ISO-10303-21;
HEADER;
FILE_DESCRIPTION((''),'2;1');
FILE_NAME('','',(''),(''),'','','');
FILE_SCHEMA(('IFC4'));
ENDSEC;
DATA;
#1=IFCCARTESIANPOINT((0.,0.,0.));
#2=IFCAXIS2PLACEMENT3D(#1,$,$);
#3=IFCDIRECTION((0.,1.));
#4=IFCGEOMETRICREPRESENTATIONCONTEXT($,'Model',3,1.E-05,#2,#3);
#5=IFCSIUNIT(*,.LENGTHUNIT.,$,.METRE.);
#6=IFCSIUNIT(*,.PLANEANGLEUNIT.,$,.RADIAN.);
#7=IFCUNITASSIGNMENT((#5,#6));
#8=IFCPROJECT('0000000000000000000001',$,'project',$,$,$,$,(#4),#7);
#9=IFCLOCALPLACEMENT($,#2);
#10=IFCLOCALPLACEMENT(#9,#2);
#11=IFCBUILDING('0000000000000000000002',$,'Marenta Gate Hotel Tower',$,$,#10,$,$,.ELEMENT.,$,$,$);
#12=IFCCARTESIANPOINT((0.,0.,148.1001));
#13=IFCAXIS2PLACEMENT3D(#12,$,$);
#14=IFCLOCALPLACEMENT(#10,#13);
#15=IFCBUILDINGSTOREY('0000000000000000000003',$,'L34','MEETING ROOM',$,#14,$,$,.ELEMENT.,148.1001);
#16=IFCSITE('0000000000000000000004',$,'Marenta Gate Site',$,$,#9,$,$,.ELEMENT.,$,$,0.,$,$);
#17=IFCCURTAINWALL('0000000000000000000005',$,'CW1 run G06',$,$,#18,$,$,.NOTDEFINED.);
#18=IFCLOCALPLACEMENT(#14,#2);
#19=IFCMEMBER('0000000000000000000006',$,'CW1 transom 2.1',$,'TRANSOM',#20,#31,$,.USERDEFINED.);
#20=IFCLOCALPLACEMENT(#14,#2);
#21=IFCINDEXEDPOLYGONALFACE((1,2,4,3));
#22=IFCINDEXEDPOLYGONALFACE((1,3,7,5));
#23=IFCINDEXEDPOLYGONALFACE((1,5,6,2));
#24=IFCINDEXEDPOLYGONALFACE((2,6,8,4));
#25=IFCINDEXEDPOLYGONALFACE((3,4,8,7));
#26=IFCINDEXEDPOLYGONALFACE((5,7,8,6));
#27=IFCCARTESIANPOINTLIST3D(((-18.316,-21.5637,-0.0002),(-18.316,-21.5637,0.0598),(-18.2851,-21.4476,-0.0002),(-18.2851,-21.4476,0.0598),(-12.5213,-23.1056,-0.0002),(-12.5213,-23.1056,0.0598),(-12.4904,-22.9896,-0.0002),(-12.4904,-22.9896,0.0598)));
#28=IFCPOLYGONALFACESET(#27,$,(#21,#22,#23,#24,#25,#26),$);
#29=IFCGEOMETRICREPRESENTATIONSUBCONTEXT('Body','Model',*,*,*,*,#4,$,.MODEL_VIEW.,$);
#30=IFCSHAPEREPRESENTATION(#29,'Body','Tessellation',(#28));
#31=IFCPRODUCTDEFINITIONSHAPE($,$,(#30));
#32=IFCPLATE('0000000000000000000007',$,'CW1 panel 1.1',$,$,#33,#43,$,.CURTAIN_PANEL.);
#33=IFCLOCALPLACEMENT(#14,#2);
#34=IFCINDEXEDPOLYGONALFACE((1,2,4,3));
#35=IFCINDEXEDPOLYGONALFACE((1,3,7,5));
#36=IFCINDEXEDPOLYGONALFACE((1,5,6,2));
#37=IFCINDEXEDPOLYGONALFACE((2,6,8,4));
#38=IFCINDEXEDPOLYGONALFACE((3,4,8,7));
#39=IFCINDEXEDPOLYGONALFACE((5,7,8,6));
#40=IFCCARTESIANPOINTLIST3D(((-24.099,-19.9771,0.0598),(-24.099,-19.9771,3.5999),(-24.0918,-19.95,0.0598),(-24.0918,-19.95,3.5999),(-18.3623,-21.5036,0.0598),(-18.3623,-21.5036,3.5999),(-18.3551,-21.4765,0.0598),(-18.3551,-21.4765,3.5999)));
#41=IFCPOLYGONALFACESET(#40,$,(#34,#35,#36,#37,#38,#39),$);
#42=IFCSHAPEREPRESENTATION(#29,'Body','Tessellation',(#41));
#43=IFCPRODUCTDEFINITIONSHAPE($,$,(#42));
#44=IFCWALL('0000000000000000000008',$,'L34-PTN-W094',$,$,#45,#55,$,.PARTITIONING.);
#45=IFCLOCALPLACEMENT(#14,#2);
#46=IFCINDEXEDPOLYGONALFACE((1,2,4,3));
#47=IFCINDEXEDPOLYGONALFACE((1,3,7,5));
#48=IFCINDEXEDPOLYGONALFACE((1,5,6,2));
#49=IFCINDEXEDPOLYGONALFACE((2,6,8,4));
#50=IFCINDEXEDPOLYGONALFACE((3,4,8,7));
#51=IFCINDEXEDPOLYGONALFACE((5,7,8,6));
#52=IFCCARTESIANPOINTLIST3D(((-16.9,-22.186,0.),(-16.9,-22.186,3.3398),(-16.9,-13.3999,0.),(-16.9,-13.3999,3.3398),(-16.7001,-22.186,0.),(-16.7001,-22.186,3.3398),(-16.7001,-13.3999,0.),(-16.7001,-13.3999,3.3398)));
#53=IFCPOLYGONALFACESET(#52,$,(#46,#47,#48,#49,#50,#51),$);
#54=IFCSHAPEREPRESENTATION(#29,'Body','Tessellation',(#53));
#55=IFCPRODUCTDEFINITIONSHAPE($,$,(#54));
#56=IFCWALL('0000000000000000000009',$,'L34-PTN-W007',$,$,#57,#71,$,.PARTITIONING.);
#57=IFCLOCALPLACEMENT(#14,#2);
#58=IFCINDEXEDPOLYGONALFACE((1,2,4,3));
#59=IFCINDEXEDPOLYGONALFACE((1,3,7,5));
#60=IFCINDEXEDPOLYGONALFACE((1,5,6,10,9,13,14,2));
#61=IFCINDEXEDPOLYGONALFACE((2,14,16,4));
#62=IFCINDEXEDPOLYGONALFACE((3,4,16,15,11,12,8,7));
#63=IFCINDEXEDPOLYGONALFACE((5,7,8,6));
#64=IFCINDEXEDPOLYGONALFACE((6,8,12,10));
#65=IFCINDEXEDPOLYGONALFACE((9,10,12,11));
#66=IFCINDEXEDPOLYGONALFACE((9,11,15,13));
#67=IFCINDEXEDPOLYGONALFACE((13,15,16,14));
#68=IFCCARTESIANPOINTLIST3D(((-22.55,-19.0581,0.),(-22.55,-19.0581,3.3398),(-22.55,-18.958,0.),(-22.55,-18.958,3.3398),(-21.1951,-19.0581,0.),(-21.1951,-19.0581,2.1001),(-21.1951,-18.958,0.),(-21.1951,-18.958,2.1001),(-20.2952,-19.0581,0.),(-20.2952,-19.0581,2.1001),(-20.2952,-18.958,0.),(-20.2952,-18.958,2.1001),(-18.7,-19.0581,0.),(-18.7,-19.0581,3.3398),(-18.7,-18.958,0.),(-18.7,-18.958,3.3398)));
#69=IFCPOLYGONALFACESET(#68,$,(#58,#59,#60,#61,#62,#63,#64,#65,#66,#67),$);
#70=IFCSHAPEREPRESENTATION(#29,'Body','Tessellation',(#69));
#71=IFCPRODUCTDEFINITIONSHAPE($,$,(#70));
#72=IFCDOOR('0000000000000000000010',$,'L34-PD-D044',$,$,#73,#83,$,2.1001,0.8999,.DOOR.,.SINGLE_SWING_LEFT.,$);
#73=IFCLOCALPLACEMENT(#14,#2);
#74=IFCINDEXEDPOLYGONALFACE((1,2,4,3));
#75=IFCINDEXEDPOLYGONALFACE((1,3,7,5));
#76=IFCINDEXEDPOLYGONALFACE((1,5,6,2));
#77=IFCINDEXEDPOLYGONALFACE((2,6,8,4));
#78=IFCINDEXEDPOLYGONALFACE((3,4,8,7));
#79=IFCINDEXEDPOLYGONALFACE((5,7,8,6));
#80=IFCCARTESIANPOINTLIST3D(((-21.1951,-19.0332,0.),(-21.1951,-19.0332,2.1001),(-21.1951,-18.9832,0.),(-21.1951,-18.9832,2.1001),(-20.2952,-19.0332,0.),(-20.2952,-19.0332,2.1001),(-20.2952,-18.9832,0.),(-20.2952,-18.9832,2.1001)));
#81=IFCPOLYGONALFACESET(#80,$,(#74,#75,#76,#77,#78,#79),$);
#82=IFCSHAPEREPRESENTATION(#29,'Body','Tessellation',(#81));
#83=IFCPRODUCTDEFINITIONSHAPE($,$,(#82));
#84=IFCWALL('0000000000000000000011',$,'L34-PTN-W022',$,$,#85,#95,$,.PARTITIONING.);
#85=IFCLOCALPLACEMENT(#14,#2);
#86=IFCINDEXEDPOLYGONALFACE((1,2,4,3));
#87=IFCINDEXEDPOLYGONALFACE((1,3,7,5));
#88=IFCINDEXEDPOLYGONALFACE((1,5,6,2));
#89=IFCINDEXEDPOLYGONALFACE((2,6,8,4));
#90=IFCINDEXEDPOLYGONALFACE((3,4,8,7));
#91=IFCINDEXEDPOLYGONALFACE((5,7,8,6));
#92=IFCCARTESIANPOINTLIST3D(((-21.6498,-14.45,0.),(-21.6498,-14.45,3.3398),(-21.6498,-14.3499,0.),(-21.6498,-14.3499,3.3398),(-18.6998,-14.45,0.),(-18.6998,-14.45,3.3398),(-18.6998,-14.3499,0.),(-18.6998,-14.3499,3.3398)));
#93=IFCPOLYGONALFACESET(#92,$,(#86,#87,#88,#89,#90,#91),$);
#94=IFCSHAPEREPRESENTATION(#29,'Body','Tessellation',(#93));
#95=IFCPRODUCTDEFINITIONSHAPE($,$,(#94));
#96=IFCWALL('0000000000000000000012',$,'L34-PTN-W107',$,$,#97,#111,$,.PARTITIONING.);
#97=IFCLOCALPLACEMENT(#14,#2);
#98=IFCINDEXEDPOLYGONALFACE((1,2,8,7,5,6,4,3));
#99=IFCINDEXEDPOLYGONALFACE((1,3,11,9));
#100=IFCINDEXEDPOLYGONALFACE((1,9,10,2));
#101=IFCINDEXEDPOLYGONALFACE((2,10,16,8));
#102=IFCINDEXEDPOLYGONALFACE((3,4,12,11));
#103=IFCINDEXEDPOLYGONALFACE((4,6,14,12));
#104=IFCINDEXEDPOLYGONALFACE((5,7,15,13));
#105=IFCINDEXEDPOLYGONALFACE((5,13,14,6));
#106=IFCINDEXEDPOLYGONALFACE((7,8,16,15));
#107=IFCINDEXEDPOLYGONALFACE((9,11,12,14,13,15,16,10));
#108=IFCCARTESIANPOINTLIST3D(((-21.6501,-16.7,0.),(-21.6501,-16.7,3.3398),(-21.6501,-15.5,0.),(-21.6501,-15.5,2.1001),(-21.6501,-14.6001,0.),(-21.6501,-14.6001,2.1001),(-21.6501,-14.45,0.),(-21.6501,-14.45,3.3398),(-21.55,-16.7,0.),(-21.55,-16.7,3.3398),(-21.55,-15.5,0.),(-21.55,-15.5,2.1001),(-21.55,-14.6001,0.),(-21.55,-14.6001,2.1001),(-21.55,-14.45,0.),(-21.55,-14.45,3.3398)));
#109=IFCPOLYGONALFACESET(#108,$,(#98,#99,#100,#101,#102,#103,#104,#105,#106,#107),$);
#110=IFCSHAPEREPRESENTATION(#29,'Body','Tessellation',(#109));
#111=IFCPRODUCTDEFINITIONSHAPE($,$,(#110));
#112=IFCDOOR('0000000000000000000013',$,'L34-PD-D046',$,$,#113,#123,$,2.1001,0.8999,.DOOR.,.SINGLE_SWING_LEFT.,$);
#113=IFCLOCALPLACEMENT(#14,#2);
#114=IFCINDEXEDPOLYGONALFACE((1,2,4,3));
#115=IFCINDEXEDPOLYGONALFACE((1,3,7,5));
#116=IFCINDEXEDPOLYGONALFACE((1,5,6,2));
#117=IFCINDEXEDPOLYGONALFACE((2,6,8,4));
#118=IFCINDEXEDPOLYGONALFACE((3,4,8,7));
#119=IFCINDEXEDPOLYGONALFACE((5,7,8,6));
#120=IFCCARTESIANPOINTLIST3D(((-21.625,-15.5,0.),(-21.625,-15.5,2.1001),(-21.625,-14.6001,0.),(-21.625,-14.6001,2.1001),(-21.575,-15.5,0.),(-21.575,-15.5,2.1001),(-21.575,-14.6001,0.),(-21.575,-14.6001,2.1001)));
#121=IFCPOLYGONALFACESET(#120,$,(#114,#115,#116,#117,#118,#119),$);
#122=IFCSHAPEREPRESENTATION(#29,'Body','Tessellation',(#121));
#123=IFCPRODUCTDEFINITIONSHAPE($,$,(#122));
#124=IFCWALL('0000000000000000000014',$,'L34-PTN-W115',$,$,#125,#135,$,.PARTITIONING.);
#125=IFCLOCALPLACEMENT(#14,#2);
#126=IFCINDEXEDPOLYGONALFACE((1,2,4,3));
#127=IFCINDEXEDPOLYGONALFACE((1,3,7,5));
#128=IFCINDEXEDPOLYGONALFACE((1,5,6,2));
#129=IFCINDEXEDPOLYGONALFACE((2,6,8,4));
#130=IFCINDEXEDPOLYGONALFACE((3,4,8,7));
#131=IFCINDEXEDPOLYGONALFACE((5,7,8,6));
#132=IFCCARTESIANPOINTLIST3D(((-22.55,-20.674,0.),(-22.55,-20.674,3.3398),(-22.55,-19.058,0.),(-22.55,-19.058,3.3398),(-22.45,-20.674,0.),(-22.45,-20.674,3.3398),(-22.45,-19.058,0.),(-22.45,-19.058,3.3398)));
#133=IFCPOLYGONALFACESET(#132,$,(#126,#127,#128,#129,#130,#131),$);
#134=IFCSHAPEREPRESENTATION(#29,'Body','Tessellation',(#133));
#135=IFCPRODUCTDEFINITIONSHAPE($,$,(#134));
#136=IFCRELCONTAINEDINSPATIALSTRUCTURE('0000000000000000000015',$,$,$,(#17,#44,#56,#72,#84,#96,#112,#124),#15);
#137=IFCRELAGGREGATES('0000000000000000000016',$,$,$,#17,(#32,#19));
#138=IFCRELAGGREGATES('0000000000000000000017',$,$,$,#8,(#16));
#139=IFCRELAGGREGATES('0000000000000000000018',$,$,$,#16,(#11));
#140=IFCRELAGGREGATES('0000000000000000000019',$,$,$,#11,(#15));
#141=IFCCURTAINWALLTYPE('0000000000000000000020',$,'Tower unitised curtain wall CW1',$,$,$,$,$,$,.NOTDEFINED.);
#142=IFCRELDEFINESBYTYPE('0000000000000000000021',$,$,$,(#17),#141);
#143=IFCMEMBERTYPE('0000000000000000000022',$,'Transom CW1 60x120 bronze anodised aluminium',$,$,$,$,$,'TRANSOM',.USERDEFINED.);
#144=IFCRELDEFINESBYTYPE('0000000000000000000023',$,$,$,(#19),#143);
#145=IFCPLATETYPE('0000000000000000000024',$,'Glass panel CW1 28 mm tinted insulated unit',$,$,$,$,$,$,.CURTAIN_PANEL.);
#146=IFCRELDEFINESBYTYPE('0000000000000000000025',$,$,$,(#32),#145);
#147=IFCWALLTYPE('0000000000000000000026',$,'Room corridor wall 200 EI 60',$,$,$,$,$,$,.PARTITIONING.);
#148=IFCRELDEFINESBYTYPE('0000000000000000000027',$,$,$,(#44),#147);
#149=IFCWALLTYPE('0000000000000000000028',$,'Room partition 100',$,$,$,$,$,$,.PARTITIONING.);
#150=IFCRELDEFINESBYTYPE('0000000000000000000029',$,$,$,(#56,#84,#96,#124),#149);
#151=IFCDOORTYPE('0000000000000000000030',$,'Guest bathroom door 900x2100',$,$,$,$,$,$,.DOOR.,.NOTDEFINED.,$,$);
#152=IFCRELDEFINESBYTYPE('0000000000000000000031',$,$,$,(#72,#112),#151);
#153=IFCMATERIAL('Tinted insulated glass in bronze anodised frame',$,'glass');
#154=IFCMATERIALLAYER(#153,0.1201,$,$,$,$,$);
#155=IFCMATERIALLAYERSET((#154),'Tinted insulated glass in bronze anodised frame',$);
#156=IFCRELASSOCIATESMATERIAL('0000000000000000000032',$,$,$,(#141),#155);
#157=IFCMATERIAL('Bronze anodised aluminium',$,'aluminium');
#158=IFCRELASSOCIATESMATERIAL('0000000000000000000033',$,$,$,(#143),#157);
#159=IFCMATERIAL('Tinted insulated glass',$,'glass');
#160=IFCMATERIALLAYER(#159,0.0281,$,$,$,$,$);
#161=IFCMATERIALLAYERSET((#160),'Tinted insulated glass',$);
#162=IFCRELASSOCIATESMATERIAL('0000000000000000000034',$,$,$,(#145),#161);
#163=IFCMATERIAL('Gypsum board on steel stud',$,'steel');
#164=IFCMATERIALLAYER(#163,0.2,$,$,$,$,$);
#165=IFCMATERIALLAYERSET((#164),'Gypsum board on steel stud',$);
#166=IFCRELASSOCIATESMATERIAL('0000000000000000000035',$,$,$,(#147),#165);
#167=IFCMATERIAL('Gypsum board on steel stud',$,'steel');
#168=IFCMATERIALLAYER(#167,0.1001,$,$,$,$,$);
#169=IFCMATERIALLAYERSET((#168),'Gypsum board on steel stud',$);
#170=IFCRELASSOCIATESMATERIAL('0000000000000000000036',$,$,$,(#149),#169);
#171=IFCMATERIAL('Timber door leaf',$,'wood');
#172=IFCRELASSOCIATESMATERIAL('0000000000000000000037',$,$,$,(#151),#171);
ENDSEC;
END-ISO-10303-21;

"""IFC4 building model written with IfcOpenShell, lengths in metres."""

from ifc_helpers import new_model, si_unit, direction, frame, frame_2d, origin, origin_2d, place, context, subcontext, project, spatial, rectangle, extrude, material, layer, layer_set, material_profile, profile_set, type_object, element, fill, aggregate, save


model = new_model("IFC4")

# Units and contexts
model_context = context("Model", 3, precision=1e-05, world=origin(), true_north=direction((0.0, 1.0)))
body_context = subcontext(model_context, "Body", "Model", "MODEL_VIEW")
ifc_project = project(units=[si_unit("LENGTHUNIT", "METRE"), si_unit("PLANEANGLEUNIT", "RADIAN")], contexts=[model_context])

# Site, building, storey
site_placement = place(None, origin())
site = spatial("IfcSite", under=ifc_project, at=site_placement, Name="Marenta Gate Site", CompositionType="ELEMENT", RefElevation=0.0)
building_placement = place(site_placement, origin())
building = spatial("IfcBuilding", under=site, at=building_placement, Name="Marenta Gate Hotel Tower", CompositionType="ELEMENT")
storey_placement = place(building_placement, frame((0.0, 0.0, 148.1001)))
storey = spatial("IfcBuildingStorey", under=building, at=storey_placement, Name="L34", Description="MEETING ROOM", CompositionType="ELEMENT", Elevation=148.1001)

# Curtain wall, member, plate
ifc_material_1 = material(Name="Tinted insulated glass in bronze anodised frame", Category="glass")
ifc_layer_1 = layer(ifc_material_1, 0.1201)
ifc_layer_set_1 = layer_set([ifc_layer_1], Name="Tinted insulated glass in bronze anodised frame")
curtain_wall_type = type_object("IfcCurtainWallType", Name="Tower unitised curtain wall CW1", PredefinedType="NOTDEFINED", material=ifc_layer_set_1)
curtain_wall_placement = place(storey_placement, origin())
curtain_wall = element("IfcCurtainWall", 1, at=curtain_wall_placement, inside=storey, type_object=curtain_wall_type, Name="CW1 run G06", PredefinedType="NOTDEFINED")
ifc_material_2 = material(Name="Bronze anodised aluminium", Category="aluminium")
ifc_material_profile_1 = material_profile(ifc_material_2, rectangle(XDim=0.1201, YDim=0.0601, at=origin_2d()), Name="Transom CW1 60x120 bronze anodised aluminium")
ifc_profile_set_1 = profile_set([ifc_material_profile_1], Name="Bronze anodised aluminium")
member_type_1 = type_object("IfcMemberType", Name="Transom CW1 60x120 bronze anodised aluminium", ElementType="TRANSOM", PredefinedType="USERDEFINED", material=ifc_profile_set_1)
member_1_placement = place(storey_placement, frame((-18.3005, -21.5056, 0.0298), z_axis=(0.96637, -0.257156, 0.0), x_axis=(0.257156, 0.96637, 0.0)))
member_1 = element("IfcMember", 2, at=member_1_placement, type_object=member_type_1, Name="CW1 transom 2.1", ObjectType="TRANSOM", PredefinedType="USERDEFINED", context=body_context, shape_type="SweptSolid", body=[
    extrude(rectangle(XDim=0.1201, YDim=0.0601, at=origin_2d()), origin(), (0.0, 0.0, 1.0), 5.9963),
])
ifc_material_3 = material(Name="Tinted insulated glass", Category="glass")
ifc_layer_2 = layer(ifc_material_3, 0.0281)
ifc_layer_set_2 = layer_set([ifc_layer_2], Name="Tinted insulated glass")
plate_type = type_object("IfcPlateType", Name="Glass panel CW1 28 mm tinted insulated unit", PredefinedType="CURTAIN_PANEL", material=ifc_layer_set_2)
plate_placement = place(storey_placement, frame((-21.2271, -20.7268, 0.0598), z_axis=(0.0, 0.0, 1.0), x_axis=(0.966373, -0.257144, 0.0)))
plate = element("IfcPlate", 3, at=plate_placement, type_object=plate_type, Name="CW1 panel 1.1", PredefinedType="CURTAIN_PANEL", context=body_context, shape_type="SweptSolid", body=[
    extrude(rectangle(XDim=5.9363, YDim=0.0281, at=origin_2d()), origin(), (0.0, 0.0, 1.0), 3.54),
])
aggregate(curtain_wall, [plate, member_1])

# Wall
ifc_material_4 = material(Name="Gypsum board on steel stud", Category="steel")
ifc_layer_3 = layer(ifc_material_4, 0.2)
ifc_layer_set_3 = layer_set([ifc_layer_3], Name="Gypsum board on steel stud")
wall_type_1 = type_object("IfcWallType", Name="Room corridor wall 200 EI 60", PredefinedType="PARTITIONING", material=ifc_layer_set_3)
wall_1_placement = place(storey_placement, frame((-16.8, -22.186, 0.0), z_axis=(0.0, 0.0, 1.0), x_axis=(0.0, 1.0, 0.0)))
element("IfcWall", 4, at=wall_1_placement, inside=storey, type_object=wall_type_1, Name="L34-PTN-W094", PredefinedType="PARTITIONING", context=body_context, shape_type="SweptSolid", body=[
    extrude(rectangle(XDim=8.7861, YDim=0.2, at=frame_2d((4.3931, 0.0))), origin(), (0.0, 0.0, 1.0), 3.3398),
])

# Wall, opening, door
ifc_material_5 = material(Name="Gypsum board on steel stud", Category="steel")
ifc_layer_4 = layer(ifc_material_5, 0.1001)
ifc_layer_set_4 = layer_set([ifc_layer_4], Name="Gypsum board on steel stud")
wall_type_2 = type_object("IfcWallType", Name="Room partition 100", PredefinedType="PARTITIONING", material=ifc_layer_set_4)
wall_2_placement = place(storey_placement, frame((-22.55, -19.0081, 0.0), z_axis=(0.0, 0.0, 1.0), x_axis=(1.0, 0.0, 0.0)))
wall_2 = element("IfcWall", 5, at=wall_2_placement, inside=storey, type_object=wall_type_2, Name="L34-PTN-W007", PredefinedType="PARTITIONING", context=body_context, shape_type="SweptSolid", body=[
    extrude(rectangle(XDim=3.8501, YDim=0.1001, at=frame_2d((1.925, 0.0))), origin(), (0.0, 0.0, 1.0), 3.3398),
])
opening_1_placement = place(wall_2_placement, frame((1.355, 0.0, 0.0)))
opening_1 = element("IfcOpeningElement", 6, at=opening_1_placement, cuts=wall_2, PredefinedType="OPENING", context=body_context, shape_type="SweptSolid", body=[
    extrude(rectangle(XDim=0.8999, YDim=2.1001, at=frame_2d((0.45, 1.05))), frame((0.0, 0.05, 0.0), z_axis=(0.0, -1.0, 0.0), x_axis=(1.0, 0.0, 0.0)), (0.0, 0.0, 1.0), 0.1001),
])
ifc_material_6 = material(Name="Timber door leaf", Category="wood")
door_type_1 = type_object("IfcDoorType", Name="Guest bathroom door 900x2100", OperationType="NOTDEFINED", PredefinedType="DOOR", material=ifc_material_6)
door_1_placement = place(opening_1_placement, origin())
door_1 = element("IfcDoor", 7, at=door_1_placement, inside=storey, type_object=door_type_1, Name="L34-PD-D044", OperationType="SINGLE_SWING_LEFT", OverallHeight=2.1001, OverallWidth=0.8999, PredefinedType="DOOR", context=body_context, shape_type="SweptSolid", body=[
    extrude(rectangle(XDim=0.8999, YDim=2.1001, at=frame_2d((0.45, 1.05))), frame((0.0, 0.0249, 0.0), z_axis=(0.0, -1.0, 0.0), x_axis=(1.0, 0.0, 0.0)), (0.0, 0.0, 1.0), 0.05),
])
fill(opening_1, door_1)

# Wall
wall_3_placement = place(storey_placement, frame((-21.6499, -14.3999, 0.0), z_axis=(0.0, 0.0, 1.0), x_axis=(1.0, 0.0, 0.0)))
element("IfcWall", 8, at=wall_3_placement, inside=storey, type_object=wall_type_2, Name="L34-PTN-W022", PredefinedType="PARTITIONING", context=body_context, shape_type="SweptSolid", body=[
    extrude(rectangle(XDim=2.95, YDim=0.1001, at=frame_2d((1.4751, 0.0))), origin(), (0.0, 0.0, 1.0), 3.3398),
])

# Wall, opening, door
wall_4_placement = place(storey_placement, frame((-21.6001, -16.7, 0.0), z_axis=(0.0, 0.0, 1.0), x_axis=(0.0, 1.0, 0.0)))
wall_4 = element("IfcWall", 9, at=wall_4_placement, inside=storey, type_object=wall_type_2, Name="L34-PTN-W107", PredefinedType="PARTITIONING", context=body_context, shape_type="SweptSolid", body=[
    extrude(rectangle(XDim=2.25, YDim=0.1001, at=frame_2d((1.125, 0.0))), origin(), (0.0, 0.0, 1.0), 3.3398),
])
opening_2_placement = place(wall_4_placement, frame((1.2, 0.0, 0.0)))
opening_2 = element("IfcOpeningElement", 10, at=opening_2_placement, cuts=wall_4, PredefinedType="OPENING", context=body_context, shape_type="SweptSolid", body=[
    extrude(rectangle(XDim=0.8999, YDim=2.1001, at=frame_2d((0.45, 1.05))), frame((0.0, 0.05, 0.0), z_axis=(0.0, -1.0, 0.0), x_axis=(1.0, 0.0, 0.0)), (0.0, 0.0, 1.0), 0.1001),
])
door_2_placement = place(opening_2_placement, origin())
door_2 = element("IfcDoor", 11, at=door_2_placement, inside=storey, type_object=door_type_1, Name="L34-PD-D046", OperationType="SINGLE_SWING_LEFT", OverallHeight=2.1001, OverallWidth=0.8999, PredefinedType="DOOR", context=body_context, shape_type="SweptSolid", body=[
    extrude(rectangle(XDim=0.8999, YDim=2.1001, at=frame_2d((0.45, 1.05))), frame((0.0, 0.0249, 0.0), z_axis=(0.0, -1.0, 0.0), x_axis=(1.0, 0.0, 0.0)), (0.0, 0.0, 1.0), 0.05),
])
fill(opening_2, door_2)

# Wall
wall_5_placement = place(storey_placement, frame((-22.5, -20.6741, 0.0), z_axis=(0.0, 0.0, 1.0), x_axis=(0.0, 1.0, 0.0)))
element("IfcWall", 12, at=wall_5_placement, inside=storey, type_object=wall_type_2, Name="L34-PTN-W115", PredefinedType="PARTITIONING", context=body_context, shape_type="SweptSolid", body=[
    extrude(rectangle(XDim=1.616, YDim=0.1001, at=frame_2d((0.8081, 0.0))), origin(), (0.0, 0.0, 1.0), 3.3398),
])

save(model, "model.ifc")
